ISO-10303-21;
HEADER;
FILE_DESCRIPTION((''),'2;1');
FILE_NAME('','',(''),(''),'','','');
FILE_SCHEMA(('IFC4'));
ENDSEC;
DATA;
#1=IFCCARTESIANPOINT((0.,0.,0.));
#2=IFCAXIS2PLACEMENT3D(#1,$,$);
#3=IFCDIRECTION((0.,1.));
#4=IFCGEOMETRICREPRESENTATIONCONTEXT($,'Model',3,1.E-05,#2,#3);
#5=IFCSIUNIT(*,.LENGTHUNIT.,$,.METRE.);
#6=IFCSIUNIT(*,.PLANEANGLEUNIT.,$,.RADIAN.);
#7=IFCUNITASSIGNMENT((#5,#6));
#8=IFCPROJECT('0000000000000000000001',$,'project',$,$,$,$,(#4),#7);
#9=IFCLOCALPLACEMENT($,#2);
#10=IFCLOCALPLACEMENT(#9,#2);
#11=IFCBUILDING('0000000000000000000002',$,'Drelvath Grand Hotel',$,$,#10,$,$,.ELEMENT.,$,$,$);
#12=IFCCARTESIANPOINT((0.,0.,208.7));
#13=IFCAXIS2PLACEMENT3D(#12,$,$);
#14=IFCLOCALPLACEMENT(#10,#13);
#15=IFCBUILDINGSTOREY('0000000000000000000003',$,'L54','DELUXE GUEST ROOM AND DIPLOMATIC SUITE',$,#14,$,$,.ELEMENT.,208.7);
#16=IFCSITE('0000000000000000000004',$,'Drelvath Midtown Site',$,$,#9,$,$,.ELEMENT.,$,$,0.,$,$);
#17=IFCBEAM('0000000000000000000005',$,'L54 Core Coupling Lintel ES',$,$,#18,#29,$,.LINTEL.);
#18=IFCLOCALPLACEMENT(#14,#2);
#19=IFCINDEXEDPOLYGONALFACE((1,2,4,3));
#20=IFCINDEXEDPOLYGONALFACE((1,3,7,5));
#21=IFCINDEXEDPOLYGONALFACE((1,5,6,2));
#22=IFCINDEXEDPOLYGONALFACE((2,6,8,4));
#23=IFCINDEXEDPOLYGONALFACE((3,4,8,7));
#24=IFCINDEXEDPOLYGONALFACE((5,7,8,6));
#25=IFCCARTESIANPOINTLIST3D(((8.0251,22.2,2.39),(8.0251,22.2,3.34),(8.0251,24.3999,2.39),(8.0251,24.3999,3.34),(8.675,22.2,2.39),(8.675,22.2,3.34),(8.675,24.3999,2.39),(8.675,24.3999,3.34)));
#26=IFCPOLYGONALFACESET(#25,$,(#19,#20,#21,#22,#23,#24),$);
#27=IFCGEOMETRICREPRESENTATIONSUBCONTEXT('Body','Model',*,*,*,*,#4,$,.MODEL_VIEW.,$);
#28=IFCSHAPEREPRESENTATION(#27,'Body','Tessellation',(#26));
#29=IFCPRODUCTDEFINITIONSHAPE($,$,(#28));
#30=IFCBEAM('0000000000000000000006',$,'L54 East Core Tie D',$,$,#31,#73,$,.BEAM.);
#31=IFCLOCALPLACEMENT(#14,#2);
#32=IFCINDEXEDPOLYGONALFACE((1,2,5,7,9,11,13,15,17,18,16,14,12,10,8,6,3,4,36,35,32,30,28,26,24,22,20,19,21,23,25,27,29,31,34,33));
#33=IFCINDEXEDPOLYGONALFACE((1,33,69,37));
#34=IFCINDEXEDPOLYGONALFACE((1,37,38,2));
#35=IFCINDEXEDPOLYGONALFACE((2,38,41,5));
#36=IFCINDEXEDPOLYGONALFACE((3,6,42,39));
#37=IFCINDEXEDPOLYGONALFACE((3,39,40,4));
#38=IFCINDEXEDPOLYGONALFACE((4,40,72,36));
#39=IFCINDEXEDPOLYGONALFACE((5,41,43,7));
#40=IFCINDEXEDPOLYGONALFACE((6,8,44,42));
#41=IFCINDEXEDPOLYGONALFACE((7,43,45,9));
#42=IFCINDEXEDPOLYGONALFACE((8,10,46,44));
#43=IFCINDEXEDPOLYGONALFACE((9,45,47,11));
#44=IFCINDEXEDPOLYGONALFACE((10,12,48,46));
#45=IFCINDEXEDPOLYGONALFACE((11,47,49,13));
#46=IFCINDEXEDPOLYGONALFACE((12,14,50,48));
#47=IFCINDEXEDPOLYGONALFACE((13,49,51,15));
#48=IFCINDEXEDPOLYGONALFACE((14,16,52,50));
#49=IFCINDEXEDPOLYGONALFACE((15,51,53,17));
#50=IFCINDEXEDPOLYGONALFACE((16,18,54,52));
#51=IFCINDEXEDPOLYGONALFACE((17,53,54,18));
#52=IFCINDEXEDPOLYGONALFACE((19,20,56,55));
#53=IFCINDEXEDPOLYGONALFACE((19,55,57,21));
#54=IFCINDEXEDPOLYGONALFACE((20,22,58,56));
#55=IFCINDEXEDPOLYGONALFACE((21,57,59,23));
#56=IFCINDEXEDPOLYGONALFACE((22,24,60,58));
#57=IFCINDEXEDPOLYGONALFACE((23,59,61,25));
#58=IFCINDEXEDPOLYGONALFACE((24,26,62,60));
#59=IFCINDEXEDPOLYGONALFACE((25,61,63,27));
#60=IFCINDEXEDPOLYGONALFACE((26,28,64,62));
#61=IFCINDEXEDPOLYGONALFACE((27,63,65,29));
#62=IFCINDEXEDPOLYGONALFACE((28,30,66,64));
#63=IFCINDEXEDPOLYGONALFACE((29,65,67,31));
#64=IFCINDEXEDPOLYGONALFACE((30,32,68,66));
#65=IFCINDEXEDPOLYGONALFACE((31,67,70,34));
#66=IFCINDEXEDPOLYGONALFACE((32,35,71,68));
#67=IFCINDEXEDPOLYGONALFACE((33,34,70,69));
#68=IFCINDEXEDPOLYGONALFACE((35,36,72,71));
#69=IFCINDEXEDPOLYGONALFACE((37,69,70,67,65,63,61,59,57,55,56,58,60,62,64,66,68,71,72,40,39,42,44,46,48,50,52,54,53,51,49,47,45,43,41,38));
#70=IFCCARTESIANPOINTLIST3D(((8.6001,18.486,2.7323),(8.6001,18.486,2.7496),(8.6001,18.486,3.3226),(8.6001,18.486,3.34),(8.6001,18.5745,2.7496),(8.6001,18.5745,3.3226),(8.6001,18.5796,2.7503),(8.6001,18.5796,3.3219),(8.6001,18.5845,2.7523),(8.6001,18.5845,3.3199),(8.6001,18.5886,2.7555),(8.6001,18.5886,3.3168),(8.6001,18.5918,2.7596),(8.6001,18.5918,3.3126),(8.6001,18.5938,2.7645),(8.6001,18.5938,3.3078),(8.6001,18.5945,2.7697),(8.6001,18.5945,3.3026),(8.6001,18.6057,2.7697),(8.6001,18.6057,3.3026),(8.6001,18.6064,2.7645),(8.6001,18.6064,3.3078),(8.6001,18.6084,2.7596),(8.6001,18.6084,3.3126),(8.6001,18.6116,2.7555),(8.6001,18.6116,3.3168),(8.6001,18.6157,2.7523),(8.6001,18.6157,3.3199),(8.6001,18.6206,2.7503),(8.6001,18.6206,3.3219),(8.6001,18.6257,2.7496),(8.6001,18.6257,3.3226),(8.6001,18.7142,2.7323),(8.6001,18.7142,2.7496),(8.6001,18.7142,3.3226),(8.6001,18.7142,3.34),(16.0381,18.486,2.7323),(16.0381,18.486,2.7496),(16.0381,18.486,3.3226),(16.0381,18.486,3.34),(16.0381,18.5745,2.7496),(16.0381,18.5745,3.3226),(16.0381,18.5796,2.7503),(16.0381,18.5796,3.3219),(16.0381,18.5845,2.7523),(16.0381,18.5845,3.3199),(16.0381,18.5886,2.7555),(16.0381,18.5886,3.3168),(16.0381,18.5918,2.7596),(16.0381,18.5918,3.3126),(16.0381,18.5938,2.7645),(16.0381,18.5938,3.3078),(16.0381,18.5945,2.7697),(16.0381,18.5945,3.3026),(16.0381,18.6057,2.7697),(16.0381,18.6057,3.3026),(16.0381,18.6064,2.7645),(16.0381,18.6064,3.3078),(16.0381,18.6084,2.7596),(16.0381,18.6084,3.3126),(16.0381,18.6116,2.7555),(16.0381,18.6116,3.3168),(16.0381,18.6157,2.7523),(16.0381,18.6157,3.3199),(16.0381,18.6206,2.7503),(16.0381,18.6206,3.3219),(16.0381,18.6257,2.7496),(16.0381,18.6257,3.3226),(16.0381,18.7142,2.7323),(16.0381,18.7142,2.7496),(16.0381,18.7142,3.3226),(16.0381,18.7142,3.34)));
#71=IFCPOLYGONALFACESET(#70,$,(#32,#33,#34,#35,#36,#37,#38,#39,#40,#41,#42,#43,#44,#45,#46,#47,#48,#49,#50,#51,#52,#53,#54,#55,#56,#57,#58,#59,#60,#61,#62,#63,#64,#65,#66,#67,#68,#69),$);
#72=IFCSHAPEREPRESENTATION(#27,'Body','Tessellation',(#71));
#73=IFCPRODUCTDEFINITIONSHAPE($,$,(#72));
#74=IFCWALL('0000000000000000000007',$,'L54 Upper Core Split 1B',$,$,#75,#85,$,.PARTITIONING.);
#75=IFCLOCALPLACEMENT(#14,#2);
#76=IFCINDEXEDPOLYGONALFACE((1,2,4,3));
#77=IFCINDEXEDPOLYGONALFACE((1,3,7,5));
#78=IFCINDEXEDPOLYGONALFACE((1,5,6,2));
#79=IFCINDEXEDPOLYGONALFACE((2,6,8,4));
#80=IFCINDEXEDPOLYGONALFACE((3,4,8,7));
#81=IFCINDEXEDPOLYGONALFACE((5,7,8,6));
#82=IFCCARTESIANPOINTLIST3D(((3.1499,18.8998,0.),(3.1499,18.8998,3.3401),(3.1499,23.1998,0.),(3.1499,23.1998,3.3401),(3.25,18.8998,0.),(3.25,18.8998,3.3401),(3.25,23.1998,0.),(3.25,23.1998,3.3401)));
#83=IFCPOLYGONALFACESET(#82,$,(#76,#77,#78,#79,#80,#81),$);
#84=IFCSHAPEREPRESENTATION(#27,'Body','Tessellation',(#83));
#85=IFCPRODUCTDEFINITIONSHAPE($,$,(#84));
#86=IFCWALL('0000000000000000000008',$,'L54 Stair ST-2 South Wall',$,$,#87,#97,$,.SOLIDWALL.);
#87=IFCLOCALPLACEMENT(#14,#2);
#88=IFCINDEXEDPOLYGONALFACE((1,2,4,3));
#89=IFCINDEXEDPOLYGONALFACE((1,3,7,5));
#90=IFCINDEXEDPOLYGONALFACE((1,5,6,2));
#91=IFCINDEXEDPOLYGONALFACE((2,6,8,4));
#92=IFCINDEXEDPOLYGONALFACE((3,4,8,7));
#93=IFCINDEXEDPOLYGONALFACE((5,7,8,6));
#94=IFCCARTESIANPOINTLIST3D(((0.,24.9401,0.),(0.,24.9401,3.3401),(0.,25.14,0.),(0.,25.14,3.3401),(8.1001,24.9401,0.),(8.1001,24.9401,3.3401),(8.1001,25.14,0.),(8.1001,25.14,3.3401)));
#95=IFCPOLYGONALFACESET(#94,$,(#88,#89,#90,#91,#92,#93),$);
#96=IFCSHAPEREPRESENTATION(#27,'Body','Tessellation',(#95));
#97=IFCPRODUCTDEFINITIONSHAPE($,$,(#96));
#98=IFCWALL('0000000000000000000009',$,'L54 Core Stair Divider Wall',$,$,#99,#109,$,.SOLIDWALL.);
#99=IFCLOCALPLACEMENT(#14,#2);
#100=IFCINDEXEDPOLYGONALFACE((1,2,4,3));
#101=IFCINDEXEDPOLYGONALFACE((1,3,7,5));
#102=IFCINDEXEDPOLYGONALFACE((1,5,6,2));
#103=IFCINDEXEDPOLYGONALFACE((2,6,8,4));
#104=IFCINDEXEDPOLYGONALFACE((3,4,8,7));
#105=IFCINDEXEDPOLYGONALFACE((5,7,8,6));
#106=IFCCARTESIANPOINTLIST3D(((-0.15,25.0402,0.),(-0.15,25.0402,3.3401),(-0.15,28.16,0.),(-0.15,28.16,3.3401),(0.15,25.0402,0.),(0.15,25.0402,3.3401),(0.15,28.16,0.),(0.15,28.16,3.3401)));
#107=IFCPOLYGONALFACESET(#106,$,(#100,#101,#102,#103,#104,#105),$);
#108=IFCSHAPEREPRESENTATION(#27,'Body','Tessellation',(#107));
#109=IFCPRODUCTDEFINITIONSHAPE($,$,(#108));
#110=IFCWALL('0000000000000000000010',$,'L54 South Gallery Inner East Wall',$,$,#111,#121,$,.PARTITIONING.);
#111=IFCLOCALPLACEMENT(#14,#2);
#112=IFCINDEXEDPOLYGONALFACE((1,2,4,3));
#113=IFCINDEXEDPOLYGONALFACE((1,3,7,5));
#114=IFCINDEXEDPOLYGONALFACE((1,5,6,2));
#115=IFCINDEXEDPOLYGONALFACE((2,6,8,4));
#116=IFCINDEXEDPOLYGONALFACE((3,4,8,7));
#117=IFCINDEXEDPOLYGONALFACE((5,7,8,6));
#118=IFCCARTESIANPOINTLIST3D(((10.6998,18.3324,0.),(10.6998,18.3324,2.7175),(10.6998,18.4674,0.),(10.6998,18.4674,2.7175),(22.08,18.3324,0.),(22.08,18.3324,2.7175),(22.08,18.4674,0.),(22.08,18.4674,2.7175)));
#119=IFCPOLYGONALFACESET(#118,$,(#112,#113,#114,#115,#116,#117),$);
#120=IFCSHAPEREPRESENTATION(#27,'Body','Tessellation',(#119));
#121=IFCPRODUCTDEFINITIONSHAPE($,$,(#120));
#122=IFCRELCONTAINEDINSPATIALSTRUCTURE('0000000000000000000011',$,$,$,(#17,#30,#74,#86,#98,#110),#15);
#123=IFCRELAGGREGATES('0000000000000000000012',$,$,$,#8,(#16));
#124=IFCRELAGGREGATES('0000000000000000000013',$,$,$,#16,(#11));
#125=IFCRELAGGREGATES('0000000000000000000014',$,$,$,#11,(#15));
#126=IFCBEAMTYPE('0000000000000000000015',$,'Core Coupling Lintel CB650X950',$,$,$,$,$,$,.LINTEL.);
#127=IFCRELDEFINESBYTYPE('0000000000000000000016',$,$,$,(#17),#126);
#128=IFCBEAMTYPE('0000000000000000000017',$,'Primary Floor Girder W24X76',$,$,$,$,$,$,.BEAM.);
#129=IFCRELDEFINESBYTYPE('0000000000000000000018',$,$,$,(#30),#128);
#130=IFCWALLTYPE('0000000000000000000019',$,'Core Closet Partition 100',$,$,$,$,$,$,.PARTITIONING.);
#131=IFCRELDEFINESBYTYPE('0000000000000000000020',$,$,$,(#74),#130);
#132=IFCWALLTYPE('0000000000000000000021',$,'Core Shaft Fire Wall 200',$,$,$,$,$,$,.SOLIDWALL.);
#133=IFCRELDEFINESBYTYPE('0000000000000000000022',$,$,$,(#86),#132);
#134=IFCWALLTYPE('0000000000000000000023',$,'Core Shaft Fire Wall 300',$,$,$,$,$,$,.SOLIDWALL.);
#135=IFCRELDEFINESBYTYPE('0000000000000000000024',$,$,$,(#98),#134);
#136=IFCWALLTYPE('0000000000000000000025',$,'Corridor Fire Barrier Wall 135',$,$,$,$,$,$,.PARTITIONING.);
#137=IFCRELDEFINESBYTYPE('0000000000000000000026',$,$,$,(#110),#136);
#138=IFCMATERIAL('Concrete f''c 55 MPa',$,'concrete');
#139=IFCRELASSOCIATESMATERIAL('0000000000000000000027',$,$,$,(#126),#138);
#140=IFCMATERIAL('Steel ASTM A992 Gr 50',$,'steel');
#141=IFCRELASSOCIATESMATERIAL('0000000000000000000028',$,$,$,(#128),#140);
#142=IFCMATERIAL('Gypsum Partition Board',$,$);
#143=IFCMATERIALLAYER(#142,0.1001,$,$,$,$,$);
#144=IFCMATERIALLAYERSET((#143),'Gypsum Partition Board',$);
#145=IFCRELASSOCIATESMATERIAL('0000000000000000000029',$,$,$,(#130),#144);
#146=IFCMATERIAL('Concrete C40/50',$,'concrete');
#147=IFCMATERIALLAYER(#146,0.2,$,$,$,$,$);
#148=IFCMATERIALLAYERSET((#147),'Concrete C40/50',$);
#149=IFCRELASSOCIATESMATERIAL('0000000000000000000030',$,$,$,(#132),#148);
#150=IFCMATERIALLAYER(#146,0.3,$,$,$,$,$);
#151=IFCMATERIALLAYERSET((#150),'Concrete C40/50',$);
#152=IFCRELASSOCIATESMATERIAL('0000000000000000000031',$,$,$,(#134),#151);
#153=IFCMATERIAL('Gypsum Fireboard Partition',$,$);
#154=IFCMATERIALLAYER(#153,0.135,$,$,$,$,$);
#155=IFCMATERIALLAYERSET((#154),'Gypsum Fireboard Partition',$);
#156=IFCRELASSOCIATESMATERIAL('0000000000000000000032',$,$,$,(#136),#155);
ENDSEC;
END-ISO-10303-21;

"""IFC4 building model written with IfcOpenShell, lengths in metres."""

from ifc_helpers import new_model, si_unit, direction, frame, frame_2d, origin, origin_2d, place, context, subcontext, project, spatial, rectangle, i_section, extrude, material, layer, layer_set, material_profile, profile_set, type_object, element, save


model = new_model("IFC4")

# Units and contexts
model_context = context("Model", 3, precision=1e-05, world=origin(), true_north=direction((0.0, 1.0)))
body_context = subcontext(model_context, "Body", "Model", "MODEL_VIEW")
ifc_project = project(units=[si_unit("LENGTHUNIT", "METRE"), si_unit("PLANEANGLEUNIT", "RADIAN")], contexts=[model_context])

# Site, building, storey
site_placement = place(None, origin())
site = spatial("IfcSite", under=ifc_project, at=site_placement, Name="Drelvath Midtown Site", CompositionType="ELEMENT", RefElevation=0.0)
building_placement = place(site_placement, origin())
building = spatial("IfcBuilding", under=site, at=building_placement, Name="Drelvath Grand Hotel", CompositionType="ELEMENT")
storey_placement = place(building_placement, frame((0.0, 0.0, 208.7)))
storey = spatial("IfcBuildingStorey", under=building, at=storey_placement, Name="L54", Description="DELUXE GUEST ROOM AND DIPLOMATIC SUITE", CompositionType="ELEMENT", Elevation=208.7)

# Beams
ifc_material_1 = material(Name="Concrete f'c 55 MPa", Category="concrete")
ifc_material_profile_1 = material_profile(ifc_material_1, rectangle(XDim=0.6499, YDim=0.95, at=origin_2d()), Name="CB650X950")
ifc_profile_set_1 = profile_set([ifc_material_profile_1], Name="Concrete f'c 55 MPa")
beam_type_1 = type_object("IfcBeamType", Name="Core Coupling Lintel CB650X950", PredefinedType="LINTEL", material=ifc_profile_set_1)
beam_1_placement = place(storey_placement, frame((8.3501, 22.2, 2.865), z_axis=(0.0, 1.0, 0.0), x_axis=(-1.0, 0.0, 0.0)))
element("IfcBeam", 1, at=beam_1_placement, inside=storey, type_object=beam_type_1, Name="L54 Core Coupling Lintel ES", PredefinedType="LINTEL", context=body_context, shape_type="SweptSolid", body=[
    extrude(rectangle(XDim=0.6499, YDim=0.95, at=origin_2d()), origin(), (0.0, 0.0, 1.0), 2.2),
])
ifc_material_2 = material(Name="Steel ASTM A992 Gr 50", Category="steel")
ifc_material_profile_2 = material_profile(ifc_material_2, i_section(OverallWidth=0.2283, OverallDepth=0.6077, WebThickness=0.0112, FlangeThickness=0.0173, FilletRadius=0.02, at=origin_2d()), Name="W24X76")
ifc_profile_set_2 = profile_set([ifc_material_profile_2], Name="Steel ASTM A992 Gr 50")
beam_type_2 = type_object("IfcBeamType", Name="Primary Floor Girder W24X76", PredefinedType="BEAM", material=ifc_profile_set_2)
beam_2_placement = place(storey_placement, frame((8.6001, 18.6001, 3.0361), z_axis=(1.0, 0.0, 0.0), x_axis=(0.0, 1.0, 0.0)))
element("IfcBeam", 2, at=beam_2_placement, inside=storey, type_object=beam_type_2, Name="L54 East Core Tie D", PredefinedType="BEAM", context=body_context, shape_type="SweptSolid", body=[
    extrude(i_section(OverallWidth=0.2283, OverallDepth=0.6077, WebThickness=0.0112, FlangeThickness=0.0173, FilletRadius=0.02, at=origin_2d()), origin(), (0.0, 0.0, 1.0), 7.438),
])

# Walls
ifc_material_3 = material(Name="Gypsum Partition Board")
ifc_layer_1 = layer(ifc_material_3, 0.1001)
ifc_layer_set_1 = layer_set([ifc_layer_1], Name="Gypsum Partition Board")
wall_type_1 = type_object("IfcWallType", Name="Core Closet Partition 100", PredefinedType="PARTITIONING", material=ifc_layer_set_1)
wall_1_placement = place(storey_placement, frame((3.2, 18.8999, 0.0), z_axis=(0.0, 0.0, 1.0), x_axis=(0.0, 1.0, 0.0)))
element("IfcWall", 3, at=wall_1_placement, inside=storey, type_object=wall_type_1, Name="L54 Upper Core Split 1B", PredefinedType="PARTITIONING", context=body_context, shape_type="SweptSolid", body=[
    extrude(rectangle(XDim=4.3, YDim=0.1001, at=frame_2d((2.1499, 0.0))), origin(), (0.0, 0.0, 1.0), 3.3401),
])
ifc_material_4 = material(Name="Concrete C40/50", Category="concrete")
ifc_layer_2 = layer(ifc_material_4, 0.2)
ifc_layer_set_2 = layer_set([ifc_layer_2], Name="Concrete C40/50")
wall_type_2 = type_object("IfcWallType", Name="Core Shaft Fire Wall 200", PredefinedType="SOLIDWALL", material=ifc_layer_set_2)
wall_2_placement = place(storey_placement, frame((0.0, 25.04, 0.0), z_axis=(0.0, 0.0, 1.0), x_axis=(1.0, 0.0, 0.0)))
element("IfcWall", 4, at=wall_2_placement, inside=storey, type_object=wall_type_2, Name="L54 Stair ST-2 South Wall", PredefinedType="SOLIDWALL", context=body_context, shape_type="SweptSolid", body=[
    extrude(rectangle(XDim=8.1001, YDim=0.2, at=frame_2d((4.05, 0.0))), origin(), (0.0, 0.0, 1.0), 3.3401),
])
ifc_layer_3 = layer(ifc_material_4, 0.3)
ifc_layer_set_3 = layer_set([ifc_layer_3], Name="Concrete C40/50")
wall_type_3 = type_object("IfcWallType", Name="Core Shaft Fire Wall 300", PredefinedType="SOLIDWALL", material=ifc_layer_set_3)
wall_3_placement = place(storey_placement, frame((0.0, 25.04, 0.0), z_axis=(0.0, 0.0, 1.0), x_axis=(0.0, 1.0, 0.0)))
element("IfcWall", 5, at=wall_3_placement, inside=storey, type_object=wall_type_3, Name="L54 Core Stair Divider Wall", PredefinedType="SOLIDWALL", context=body_context, shape_type="SweptSolid", body=[
    extrude(rectangle(XDim=3.1199, YDim=0.3, at=frame_2d((1.5601, 0.0))), origin(), (0.0, 0.0, 1.0), 3.3401),
])
ifc_material_5 = material(Name="Gypsum Fireboard Partition")
ifc_layer_4 = layer(ifc_material_5, 0.135)
ifc_layer_set_4 = layer_set([ifc_layer_4], Name="Gypsum Fireboard Partition")
wall_type_4 = type_object("IfcWallType", Name="Corridor Fire Barrier Wall 135", PredefinedType="PARTITIONING", material=ifc_layer_set_4)
wall_4_placement = place(storey_placement, frame((10.7, 18.3999, 0.0), z_axis=(0.0, 0.0, 1.0), x_axis=(1.0, 0.0, 0.0)))
element("IfcWall", 6, at=wall_4_placement, inside=storey, type_object=wall_type_4, Name="L54 South Gallery Inner East Wall", PredefinedType="PARTITIONING", context=body_context, shape_type="SweptSolid", body=[
    extrude(rectangle(XDim=11.3801, YDim=0.135, at=frame_2d((5.6899, 0.0))), origin(), (0.0, 0.0, 1.0), 2.7175),
])

save(model, "model.ifc")
